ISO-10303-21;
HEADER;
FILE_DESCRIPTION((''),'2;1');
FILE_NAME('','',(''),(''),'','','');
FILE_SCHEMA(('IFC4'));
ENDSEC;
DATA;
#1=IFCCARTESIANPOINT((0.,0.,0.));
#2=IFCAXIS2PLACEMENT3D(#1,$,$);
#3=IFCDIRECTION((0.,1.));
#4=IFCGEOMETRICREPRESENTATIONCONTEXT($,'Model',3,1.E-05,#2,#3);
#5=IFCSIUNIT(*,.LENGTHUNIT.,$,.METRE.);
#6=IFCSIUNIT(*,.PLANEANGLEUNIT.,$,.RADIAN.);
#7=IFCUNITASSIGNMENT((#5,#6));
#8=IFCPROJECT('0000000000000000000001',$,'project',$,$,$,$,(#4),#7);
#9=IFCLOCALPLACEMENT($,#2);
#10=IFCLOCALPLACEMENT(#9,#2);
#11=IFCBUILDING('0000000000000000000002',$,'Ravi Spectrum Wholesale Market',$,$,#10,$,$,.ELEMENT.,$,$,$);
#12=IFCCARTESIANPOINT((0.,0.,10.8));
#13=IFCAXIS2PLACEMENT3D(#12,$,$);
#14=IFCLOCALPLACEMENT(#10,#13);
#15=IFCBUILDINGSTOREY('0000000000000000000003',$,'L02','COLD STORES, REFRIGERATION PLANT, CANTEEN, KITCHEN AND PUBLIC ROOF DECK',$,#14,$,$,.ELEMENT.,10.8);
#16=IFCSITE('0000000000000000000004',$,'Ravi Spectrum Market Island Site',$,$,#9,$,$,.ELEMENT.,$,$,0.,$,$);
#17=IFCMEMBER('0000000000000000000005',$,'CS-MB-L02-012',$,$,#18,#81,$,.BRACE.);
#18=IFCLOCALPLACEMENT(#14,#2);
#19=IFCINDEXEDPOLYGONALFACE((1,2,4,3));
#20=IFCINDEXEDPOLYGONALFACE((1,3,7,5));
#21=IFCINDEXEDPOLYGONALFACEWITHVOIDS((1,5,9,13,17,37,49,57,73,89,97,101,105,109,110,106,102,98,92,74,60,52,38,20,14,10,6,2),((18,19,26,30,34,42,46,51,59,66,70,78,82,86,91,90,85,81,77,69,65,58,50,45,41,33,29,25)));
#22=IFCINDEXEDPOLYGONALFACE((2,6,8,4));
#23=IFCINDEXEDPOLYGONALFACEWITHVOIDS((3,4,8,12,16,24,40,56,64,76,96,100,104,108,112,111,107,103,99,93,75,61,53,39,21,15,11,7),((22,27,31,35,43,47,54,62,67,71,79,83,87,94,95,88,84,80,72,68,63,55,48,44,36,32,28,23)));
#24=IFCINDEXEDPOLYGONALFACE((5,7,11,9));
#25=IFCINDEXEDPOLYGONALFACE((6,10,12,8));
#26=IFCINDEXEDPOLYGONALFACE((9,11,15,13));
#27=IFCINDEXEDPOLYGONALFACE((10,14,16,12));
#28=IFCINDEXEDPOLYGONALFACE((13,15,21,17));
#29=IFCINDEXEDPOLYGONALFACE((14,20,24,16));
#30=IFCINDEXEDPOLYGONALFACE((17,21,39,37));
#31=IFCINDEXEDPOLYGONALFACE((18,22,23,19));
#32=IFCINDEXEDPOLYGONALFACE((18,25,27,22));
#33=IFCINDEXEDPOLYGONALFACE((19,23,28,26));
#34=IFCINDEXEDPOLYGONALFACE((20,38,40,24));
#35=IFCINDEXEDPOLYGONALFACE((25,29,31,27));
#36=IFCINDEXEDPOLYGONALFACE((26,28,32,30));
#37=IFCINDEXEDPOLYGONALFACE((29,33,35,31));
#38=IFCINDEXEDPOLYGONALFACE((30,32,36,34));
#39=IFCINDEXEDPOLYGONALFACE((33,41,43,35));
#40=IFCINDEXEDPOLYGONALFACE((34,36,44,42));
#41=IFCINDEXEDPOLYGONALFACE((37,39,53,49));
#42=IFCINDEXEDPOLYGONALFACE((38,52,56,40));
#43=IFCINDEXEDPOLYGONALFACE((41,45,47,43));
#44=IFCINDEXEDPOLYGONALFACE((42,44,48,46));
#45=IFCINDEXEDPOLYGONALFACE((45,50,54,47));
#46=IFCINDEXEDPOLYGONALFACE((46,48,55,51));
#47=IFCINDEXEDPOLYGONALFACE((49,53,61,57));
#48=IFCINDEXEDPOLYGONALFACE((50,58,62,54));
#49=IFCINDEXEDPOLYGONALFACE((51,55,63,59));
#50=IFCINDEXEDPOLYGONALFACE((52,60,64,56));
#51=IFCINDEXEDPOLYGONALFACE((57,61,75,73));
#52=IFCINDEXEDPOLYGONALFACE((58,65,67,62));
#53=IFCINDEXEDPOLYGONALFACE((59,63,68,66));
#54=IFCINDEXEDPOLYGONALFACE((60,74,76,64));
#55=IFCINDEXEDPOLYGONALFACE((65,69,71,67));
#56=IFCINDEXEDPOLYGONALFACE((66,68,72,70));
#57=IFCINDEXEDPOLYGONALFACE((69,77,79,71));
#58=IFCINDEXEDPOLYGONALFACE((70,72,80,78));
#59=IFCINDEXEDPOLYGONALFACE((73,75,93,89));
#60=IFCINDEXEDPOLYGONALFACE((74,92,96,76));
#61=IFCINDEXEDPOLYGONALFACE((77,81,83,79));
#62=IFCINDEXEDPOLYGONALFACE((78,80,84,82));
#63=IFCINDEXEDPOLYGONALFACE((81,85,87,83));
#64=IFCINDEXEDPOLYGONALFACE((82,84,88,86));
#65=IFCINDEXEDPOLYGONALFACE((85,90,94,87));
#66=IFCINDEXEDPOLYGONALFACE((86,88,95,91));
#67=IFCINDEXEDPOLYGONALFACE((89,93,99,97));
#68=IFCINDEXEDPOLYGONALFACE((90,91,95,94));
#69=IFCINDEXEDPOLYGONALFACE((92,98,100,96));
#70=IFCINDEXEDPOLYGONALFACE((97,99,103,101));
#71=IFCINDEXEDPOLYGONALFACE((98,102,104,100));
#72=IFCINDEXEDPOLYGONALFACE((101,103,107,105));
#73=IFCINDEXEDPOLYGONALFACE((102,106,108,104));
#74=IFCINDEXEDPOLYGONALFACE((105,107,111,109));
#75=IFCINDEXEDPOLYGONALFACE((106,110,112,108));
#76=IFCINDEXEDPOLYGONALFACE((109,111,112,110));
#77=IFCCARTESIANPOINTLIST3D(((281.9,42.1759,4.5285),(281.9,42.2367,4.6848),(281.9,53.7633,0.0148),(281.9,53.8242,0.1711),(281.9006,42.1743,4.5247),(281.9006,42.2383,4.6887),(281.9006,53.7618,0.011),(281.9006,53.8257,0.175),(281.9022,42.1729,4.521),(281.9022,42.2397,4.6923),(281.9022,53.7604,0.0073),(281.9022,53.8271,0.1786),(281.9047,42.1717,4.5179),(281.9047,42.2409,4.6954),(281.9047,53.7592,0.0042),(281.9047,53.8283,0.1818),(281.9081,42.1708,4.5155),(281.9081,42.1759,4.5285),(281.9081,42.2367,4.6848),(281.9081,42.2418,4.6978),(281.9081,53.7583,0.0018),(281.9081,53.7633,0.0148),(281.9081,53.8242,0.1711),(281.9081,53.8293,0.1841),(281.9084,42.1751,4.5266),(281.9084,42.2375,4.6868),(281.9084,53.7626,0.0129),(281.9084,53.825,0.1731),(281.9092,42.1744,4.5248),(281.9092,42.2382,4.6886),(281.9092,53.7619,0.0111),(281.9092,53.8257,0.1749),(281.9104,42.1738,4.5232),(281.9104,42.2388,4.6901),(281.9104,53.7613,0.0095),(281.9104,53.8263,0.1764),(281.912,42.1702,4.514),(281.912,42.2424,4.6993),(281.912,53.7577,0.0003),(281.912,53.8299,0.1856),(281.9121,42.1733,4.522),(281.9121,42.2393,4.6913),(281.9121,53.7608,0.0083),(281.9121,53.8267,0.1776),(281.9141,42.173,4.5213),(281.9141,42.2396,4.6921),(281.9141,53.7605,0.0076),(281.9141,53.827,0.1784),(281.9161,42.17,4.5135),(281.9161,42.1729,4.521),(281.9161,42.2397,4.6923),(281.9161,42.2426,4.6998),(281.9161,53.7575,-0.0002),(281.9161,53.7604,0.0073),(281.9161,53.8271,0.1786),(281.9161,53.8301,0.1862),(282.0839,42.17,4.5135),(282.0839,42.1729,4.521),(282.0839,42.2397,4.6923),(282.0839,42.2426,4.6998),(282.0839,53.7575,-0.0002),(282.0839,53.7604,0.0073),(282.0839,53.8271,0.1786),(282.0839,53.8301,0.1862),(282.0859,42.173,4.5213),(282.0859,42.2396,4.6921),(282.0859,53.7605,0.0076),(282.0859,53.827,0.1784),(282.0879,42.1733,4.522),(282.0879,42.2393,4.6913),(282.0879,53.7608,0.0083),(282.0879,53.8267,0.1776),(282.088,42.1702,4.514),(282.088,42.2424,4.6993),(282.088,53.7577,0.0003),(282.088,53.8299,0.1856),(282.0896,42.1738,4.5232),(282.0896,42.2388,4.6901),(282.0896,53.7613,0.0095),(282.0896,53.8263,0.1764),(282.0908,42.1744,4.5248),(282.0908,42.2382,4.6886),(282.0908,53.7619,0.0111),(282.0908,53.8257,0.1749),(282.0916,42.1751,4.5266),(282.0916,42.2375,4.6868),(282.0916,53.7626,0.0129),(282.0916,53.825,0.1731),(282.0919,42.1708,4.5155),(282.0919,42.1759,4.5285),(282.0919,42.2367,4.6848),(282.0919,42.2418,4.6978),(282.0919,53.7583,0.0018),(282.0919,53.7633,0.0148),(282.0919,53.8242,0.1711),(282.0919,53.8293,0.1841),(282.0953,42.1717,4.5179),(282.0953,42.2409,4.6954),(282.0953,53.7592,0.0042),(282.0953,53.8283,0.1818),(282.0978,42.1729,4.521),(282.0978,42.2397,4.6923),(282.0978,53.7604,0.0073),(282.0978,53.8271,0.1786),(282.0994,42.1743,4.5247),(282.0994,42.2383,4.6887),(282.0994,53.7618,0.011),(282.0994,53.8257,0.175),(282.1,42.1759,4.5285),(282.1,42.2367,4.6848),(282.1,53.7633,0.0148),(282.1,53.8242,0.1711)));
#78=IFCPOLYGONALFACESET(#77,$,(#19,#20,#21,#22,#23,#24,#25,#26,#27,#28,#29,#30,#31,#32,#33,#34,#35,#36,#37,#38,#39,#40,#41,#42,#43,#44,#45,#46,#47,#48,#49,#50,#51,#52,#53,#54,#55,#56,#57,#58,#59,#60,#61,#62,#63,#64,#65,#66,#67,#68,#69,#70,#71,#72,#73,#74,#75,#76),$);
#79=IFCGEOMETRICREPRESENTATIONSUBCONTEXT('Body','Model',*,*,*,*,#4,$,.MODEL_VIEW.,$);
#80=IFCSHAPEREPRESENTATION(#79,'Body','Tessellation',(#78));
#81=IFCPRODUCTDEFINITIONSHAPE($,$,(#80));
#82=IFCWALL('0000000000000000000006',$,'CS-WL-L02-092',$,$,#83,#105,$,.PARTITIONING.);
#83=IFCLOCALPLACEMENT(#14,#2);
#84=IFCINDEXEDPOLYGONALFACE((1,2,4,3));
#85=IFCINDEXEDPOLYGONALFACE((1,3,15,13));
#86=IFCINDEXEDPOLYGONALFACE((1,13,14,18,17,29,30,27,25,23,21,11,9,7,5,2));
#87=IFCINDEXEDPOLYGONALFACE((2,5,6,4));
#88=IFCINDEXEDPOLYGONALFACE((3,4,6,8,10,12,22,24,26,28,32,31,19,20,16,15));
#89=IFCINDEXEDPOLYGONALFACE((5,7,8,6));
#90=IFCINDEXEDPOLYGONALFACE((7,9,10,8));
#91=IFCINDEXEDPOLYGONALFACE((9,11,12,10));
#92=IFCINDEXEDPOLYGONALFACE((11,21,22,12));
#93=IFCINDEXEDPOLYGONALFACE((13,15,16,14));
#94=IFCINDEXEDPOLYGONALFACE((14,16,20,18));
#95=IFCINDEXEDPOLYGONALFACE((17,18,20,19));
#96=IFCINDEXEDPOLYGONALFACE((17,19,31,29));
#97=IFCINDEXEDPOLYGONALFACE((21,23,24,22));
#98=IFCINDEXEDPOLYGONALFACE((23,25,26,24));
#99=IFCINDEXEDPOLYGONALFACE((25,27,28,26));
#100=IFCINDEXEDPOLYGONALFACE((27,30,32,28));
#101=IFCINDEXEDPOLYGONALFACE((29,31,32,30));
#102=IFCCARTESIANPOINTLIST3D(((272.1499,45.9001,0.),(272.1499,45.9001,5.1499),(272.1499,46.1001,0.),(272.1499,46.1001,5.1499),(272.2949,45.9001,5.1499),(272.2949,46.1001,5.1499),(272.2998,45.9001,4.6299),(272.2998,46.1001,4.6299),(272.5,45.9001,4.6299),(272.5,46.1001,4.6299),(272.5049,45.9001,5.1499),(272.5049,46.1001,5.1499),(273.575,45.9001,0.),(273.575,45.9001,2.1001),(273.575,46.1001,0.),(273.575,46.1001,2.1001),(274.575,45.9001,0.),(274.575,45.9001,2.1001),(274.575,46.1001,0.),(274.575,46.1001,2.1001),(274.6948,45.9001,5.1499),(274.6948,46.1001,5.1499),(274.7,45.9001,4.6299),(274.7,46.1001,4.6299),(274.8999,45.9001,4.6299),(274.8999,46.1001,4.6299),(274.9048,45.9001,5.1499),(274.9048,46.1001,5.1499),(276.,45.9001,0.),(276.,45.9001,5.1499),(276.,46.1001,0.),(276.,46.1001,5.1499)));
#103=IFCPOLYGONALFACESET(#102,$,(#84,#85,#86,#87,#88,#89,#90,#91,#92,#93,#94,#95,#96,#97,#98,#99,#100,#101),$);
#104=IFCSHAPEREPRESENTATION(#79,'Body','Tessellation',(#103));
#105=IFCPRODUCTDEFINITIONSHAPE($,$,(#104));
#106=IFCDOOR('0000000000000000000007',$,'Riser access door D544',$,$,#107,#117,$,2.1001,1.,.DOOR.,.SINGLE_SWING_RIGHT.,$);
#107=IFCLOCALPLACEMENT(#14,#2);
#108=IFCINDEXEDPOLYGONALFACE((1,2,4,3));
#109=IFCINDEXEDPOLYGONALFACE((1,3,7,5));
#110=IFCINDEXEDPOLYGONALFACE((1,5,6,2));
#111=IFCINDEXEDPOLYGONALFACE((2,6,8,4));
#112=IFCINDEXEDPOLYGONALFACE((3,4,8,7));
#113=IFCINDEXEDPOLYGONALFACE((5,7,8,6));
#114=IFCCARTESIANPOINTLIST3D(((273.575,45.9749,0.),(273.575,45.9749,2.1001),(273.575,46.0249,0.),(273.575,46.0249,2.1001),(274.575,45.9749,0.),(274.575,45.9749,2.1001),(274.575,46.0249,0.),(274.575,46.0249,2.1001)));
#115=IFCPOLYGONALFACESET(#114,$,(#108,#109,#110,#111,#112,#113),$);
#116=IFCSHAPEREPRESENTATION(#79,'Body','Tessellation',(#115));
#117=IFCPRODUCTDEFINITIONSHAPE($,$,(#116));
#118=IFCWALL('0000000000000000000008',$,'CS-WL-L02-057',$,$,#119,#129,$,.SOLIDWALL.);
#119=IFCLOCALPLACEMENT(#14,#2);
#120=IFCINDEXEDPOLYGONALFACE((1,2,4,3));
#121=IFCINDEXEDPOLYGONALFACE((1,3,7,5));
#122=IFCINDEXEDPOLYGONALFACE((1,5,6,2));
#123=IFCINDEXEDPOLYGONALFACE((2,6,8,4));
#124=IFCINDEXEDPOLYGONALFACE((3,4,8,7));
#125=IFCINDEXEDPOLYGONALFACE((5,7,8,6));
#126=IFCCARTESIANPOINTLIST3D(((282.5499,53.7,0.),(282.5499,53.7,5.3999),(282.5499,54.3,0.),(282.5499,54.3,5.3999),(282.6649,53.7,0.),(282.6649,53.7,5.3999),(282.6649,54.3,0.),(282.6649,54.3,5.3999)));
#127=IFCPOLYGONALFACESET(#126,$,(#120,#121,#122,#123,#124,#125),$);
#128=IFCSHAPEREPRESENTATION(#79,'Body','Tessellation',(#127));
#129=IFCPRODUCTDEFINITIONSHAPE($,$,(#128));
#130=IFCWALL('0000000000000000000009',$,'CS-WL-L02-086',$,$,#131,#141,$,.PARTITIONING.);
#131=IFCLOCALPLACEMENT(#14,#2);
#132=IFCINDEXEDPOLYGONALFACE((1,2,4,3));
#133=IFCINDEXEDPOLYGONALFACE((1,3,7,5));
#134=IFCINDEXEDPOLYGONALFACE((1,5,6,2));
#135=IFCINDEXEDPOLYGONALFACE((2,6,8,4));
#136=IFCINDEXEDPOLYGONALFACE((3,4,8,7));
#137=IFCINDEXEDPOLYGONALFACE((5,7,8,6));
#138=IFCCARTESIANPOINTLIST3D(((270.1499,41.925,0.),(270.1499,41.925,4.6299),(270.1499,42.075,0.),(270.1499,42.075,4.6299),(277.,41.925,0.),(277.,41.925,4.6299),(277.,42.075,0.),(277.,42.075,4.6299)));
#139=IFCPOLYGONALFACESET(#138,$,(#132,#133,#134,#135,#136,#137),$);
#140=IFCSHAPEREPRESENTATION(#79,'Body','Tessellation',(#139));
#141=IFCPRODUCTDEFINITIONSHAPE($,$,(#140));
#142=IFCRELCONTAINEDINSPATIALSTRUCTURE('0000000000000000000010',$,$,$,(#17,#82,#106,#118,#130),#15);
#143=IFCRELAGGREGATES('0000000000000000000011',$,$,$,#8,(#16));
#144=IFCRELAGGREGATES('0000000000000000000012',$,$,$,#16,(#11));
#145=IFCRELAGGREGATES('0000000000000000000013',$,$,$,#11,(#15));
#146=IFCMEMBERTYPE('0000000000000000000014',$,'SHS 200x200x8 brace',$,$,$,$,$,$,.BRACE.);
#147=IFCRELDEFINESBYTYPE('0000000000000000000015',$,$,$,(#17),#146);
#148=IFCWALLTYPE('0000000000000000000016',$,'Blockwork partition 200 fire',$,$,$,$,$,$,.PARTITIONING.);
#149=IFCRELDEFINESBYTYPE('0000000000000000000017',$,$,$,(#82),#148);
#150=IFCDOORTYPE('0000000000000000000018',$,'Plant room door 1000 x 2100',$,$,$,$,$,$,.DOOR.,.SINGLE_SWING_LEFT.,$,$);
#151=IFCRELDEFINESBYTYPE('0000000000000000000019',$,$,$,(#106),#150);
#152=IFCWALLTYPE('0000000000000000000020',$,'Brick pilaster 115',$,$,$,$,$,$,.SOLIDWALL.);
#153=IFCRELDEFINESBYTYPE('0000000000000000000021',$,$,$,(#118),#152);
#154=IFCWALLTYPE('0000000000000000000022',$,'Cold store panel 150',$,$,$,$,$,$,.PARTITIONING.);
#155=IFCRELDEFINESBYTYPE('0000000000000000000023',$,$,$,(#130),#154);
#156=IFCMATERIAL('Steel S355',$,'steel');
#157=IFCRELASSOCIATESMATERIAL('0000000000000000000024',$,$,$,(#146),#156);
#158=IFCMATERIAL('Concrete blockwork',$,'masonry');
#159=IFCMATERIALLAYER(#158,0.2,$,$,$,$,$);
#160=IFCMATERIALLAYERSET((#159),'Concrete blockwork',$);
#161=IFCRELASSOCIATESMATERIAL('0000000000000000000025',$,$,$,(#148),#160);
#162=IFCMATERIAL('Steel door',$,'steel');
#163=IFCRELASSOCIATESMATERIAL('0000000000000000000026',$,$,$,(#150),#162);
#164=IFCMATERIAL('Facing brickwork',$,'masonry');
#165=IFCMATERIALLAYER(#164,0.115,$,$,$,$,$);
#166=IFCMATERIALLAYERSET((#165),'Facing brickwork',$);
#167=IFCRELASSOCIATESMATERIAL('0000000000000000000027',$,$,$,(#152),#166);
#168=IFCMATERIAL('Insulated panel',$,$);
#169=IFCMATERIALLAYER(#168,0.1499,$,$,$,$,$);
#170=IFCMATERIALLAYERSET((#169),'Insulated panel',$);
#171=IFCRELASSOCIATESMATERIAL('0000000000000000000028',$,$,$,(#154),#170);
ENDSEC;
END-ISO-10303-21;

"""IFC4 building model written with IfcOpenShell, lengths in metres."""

from ifc_helpers import new_model, si_unit, direction, frame, frame_2d, origin, origin_2d, place, context, subcontext, project, spatial, polyline, rectangle, hollow_rectangle, outline, extrude, material, layer, layer_set, material_profile, profile_set, type_object, element, fill, save


model = new_model("IFC4")

# Units and contexts
model_context = context("Model", 3, precision=1e-05, world=origin(), true_north=direction((0.0, 1.0)))
body_context = subcontext(model_context, "Body", "Model", "MODEL_VIEW")
ifc_project = project(units=[si_unit("LENGTHUNIT", "METRE"), si_unit("PLANEANGLEUNIT", "RADIAN")], contexts=[model_context])

# Site, building, storey
site_placement = place(None, origin())
site = spatial("IfcSite", under=ifc_project, at=site_placement, Name="Ravi Spectrum Market Island Site", CompositionType="ELEMENT", RefElevation=0.0)
building_placement = place(site_placement, origin())
building = spatial("IfcBuilding", under=site, at=building_placement, Name="Ravi Spectrum Wholesale Market", CompositionType="ELEMENT")
storey_placement = place(building_placement, frame((0.0, 0.0, 10.8)))
storey = spatial("IfcBuildingStorey", under=building, at=storey_placement, Name="L02", Description="COLD STORES, REFRIGERATION PLANT, CANTEEN, KITCHEN AND PUBLIC ROOF DECK", CompositionType="ELEMENT", Elevation=10.8)

# Member
ifc_material_1 = material(Name="Steel S355", Category="steel")
ifc_material_profile_1 = material_profile(ifc_material_1, hollow_rectangle(XDim=0.2, YDim=0.2, WallThickness=0.0081, InnerFilletRadius=0.0081, OuterFilletRadius=0.0161, at=origin_2d()))
ifc_profile_set_1 = profile_set([ifc_material_profile_1], Name="Steel S355")
member_type = type_object("IfcMemberType", Name="SHS 200x200x8 brace", PredefinedType="BRACE", material=ifc_profile_set_1)
member_placement = place(storey_placement, frame((282.0, 42.2063, 4.6067), z_axis=(0.0, 0.931802, -0.362967), x_axis=(-1.0, 0.0, 0.0)))
element("IfcMember", 1, at=member_placement, inside=storey, type_object=member_type, Name="CS-MB-L02-012", PredefinedType="BRACE", context=body_context, shape_type="SweptSolid", body=[
    extrude(hollow_rectangle(XDim=0.2, YDim=0.2, WallThickness=0.0081, InnerFilletRadius=0.0081, OuterFilletRadius=0.0161, at=origin_2d()), origin(), (0.0, 0.0, 1.0), 12.4355),
])

# Wall, opening, door
ifc_material_2 = material(Name="Concrete blockwork", Category="masonry")
ifc_layer_1 = layer(ifc_material_2, 0.2)
ifc_layer_set_1 = layer_set([ifc_layer_1], Name="Concrete blockwork")
wall_type_1 = type_object("IfcWallType", Name="Blockwork partition 200 fire", PredefinedType="PARTITIONING", material=ifc_layer_set_1)
wall_1_placement = place(storey_placement, frame((272.1499, 46.0, 0.0), z_axis=(0.0, 0.0, 1.0), x_axis=(1.0, 0.0, 0.0)))
wall_1 = element("IfcWall", 2, at=wall_1_placement, inside=storey, type_object=wall_type_1, Name="CS-WL-L02-092", PredefinedType="PARTITIONING", context=body_context, shape_type="SweptSolid", body=[
    extrude(outline(polyline([(0.0, 0.0), (3.8501, 0.0), (3.8501, 5.1499), (2.7549, 5.1499), (2.75, 4.6299), (2.55, 4.6299), (2.5449, 5.1499), (0.355, 5.1499), (0.3501, 4.6299), (0.1499, 4.6299), (0.145, 5.1499), (0.0, 5.1499), (0.0, 0.0)])), frame((0.0, 0.1001, 0.0), z_axis=(0.0, -1.0, 0.0), x_axis=(1.0, 0.0, 0.0)), (0.0, 0.0, 1.0), 0.2),
])
opening_1_placement = place(wall_1_placement, frame((1.425, 0.0, 0.0)))
opening_1 = element("IfcOpeningElement", 3, at=opening_1_placement, cuts=wall_1, PredefinedType="OPENING", context=body_context, shape_type="SweptSolid", body=[
    extrude(rectangle(XDim=1.0, YDim=2.1001, at=frame_2d((0.5, 1.05))), frame((0.0, 0.1099, 0.0), z_axis=(0.0, -1.0, 0.0), x_axis=(1.0, 0.0, 0.0)), (0.0, 0.0, 1.0), 0.22),
])
ifc_material_3 = material(Name="Steel door", Category="steel")
door_type_1 = type_object("IfcDoorType", Name="Plant room door 1000 x 2100", OperationType="SINGLE_SWING_LEFT", PredefinedType="DOOR", material=ifc_material_3)
door_1_placement = place(opening_1_placement, origin())
door_1 = element("IfcDoor", 4, at=door_1_placement, inside=storey, type_object=door_type_1, Name="Riser access door D544", OperationType="SINGLE_SWING_RIGHT", OverallHeight=2.1001, OverallWidth=1.0, PredefinedType="DOOR", context=body_context, shape_type="SweptSolid", body=[
    extrude(rectangle(XDim=1.0, YDim=2.1001, at=frame_2d((0.5, 1.05))), frame((0.0, 0.0249, 0.0), z_axis=(0.0, -1.0, 0.0), x_axis=(1.0, 0.0, 0.0)), (0.0, 0.0, 1.0), 0.05),
])
fill(opening_1, door_1)

# Walls
ifc_material_4 = material(Name="Facing brickwork", Category="masonry")
ifc_layer_2 = layer(ifc_material_4, 0.115)
ifc_layer_set_2 = layer_set([ifc_layer_2], Name="Facing brickwork")
wall_type_2 = type_object("IfcWallType", Name="Brick pilaster 115", PredefinedType="SOLIDWALL", material=ifc_layer_set_2)
wall_2_placement = place(storey_placement, frame((282.6074, 53.7, 0.0), z_axis=(0.0, 0.0, 1.0), x_axis=(0.0, 1.0, 0.0)))
element("IfcWall", 5, at=wall_2_placement, inside=storey, type_object=wall_type_2, Name="CS-WL-L02-057", PredefinedType="SOLIDWALL", context=body_context, shape_type="SweptSolid", body=[
    extrude(rectangle(XDim=0.6001, YDim=0.115, at=frame_2d((0.3, 0.0))), origin(), (0.0, 0.0, 1.0), 5.3999),
])
ifc_material_5 = material(Name="Insulated panel")
ifc_layer_3 = layer(ifc_material_5, 0.1499)
ifc_layer_set_3 = layer_set([ifc_layer_3], Name="Insulated panel")
wall_type_3 = type_object("IfcWallType", Name="Cold store panel 150", PredefinedType="PARTITIONING", material=ifc_layer_set_3)
wall_3_placement = place(storey_placement, frame((270.1499, 42.0, 0.0), z_axis=(0.0, 0.0, 1.0), x_axis=(1.0, 0.0, 0.0)))
element("IfcWall", 6, at=wall_3_placement, inside=storey, type_object=wall_type_3, Name="CS-WL-L02-086", PredefinedType="PARTITIONING", context=body_context, shape_type="SweptSolid", body=[
    extrude(rectangle(XDim=6.8501, YDim=0.1499, at=frame_2d((3.425, 0.0))), origin(), (0.0, 0.0, 1.0), 4.6299),
])

save(model, "model.ifc")
